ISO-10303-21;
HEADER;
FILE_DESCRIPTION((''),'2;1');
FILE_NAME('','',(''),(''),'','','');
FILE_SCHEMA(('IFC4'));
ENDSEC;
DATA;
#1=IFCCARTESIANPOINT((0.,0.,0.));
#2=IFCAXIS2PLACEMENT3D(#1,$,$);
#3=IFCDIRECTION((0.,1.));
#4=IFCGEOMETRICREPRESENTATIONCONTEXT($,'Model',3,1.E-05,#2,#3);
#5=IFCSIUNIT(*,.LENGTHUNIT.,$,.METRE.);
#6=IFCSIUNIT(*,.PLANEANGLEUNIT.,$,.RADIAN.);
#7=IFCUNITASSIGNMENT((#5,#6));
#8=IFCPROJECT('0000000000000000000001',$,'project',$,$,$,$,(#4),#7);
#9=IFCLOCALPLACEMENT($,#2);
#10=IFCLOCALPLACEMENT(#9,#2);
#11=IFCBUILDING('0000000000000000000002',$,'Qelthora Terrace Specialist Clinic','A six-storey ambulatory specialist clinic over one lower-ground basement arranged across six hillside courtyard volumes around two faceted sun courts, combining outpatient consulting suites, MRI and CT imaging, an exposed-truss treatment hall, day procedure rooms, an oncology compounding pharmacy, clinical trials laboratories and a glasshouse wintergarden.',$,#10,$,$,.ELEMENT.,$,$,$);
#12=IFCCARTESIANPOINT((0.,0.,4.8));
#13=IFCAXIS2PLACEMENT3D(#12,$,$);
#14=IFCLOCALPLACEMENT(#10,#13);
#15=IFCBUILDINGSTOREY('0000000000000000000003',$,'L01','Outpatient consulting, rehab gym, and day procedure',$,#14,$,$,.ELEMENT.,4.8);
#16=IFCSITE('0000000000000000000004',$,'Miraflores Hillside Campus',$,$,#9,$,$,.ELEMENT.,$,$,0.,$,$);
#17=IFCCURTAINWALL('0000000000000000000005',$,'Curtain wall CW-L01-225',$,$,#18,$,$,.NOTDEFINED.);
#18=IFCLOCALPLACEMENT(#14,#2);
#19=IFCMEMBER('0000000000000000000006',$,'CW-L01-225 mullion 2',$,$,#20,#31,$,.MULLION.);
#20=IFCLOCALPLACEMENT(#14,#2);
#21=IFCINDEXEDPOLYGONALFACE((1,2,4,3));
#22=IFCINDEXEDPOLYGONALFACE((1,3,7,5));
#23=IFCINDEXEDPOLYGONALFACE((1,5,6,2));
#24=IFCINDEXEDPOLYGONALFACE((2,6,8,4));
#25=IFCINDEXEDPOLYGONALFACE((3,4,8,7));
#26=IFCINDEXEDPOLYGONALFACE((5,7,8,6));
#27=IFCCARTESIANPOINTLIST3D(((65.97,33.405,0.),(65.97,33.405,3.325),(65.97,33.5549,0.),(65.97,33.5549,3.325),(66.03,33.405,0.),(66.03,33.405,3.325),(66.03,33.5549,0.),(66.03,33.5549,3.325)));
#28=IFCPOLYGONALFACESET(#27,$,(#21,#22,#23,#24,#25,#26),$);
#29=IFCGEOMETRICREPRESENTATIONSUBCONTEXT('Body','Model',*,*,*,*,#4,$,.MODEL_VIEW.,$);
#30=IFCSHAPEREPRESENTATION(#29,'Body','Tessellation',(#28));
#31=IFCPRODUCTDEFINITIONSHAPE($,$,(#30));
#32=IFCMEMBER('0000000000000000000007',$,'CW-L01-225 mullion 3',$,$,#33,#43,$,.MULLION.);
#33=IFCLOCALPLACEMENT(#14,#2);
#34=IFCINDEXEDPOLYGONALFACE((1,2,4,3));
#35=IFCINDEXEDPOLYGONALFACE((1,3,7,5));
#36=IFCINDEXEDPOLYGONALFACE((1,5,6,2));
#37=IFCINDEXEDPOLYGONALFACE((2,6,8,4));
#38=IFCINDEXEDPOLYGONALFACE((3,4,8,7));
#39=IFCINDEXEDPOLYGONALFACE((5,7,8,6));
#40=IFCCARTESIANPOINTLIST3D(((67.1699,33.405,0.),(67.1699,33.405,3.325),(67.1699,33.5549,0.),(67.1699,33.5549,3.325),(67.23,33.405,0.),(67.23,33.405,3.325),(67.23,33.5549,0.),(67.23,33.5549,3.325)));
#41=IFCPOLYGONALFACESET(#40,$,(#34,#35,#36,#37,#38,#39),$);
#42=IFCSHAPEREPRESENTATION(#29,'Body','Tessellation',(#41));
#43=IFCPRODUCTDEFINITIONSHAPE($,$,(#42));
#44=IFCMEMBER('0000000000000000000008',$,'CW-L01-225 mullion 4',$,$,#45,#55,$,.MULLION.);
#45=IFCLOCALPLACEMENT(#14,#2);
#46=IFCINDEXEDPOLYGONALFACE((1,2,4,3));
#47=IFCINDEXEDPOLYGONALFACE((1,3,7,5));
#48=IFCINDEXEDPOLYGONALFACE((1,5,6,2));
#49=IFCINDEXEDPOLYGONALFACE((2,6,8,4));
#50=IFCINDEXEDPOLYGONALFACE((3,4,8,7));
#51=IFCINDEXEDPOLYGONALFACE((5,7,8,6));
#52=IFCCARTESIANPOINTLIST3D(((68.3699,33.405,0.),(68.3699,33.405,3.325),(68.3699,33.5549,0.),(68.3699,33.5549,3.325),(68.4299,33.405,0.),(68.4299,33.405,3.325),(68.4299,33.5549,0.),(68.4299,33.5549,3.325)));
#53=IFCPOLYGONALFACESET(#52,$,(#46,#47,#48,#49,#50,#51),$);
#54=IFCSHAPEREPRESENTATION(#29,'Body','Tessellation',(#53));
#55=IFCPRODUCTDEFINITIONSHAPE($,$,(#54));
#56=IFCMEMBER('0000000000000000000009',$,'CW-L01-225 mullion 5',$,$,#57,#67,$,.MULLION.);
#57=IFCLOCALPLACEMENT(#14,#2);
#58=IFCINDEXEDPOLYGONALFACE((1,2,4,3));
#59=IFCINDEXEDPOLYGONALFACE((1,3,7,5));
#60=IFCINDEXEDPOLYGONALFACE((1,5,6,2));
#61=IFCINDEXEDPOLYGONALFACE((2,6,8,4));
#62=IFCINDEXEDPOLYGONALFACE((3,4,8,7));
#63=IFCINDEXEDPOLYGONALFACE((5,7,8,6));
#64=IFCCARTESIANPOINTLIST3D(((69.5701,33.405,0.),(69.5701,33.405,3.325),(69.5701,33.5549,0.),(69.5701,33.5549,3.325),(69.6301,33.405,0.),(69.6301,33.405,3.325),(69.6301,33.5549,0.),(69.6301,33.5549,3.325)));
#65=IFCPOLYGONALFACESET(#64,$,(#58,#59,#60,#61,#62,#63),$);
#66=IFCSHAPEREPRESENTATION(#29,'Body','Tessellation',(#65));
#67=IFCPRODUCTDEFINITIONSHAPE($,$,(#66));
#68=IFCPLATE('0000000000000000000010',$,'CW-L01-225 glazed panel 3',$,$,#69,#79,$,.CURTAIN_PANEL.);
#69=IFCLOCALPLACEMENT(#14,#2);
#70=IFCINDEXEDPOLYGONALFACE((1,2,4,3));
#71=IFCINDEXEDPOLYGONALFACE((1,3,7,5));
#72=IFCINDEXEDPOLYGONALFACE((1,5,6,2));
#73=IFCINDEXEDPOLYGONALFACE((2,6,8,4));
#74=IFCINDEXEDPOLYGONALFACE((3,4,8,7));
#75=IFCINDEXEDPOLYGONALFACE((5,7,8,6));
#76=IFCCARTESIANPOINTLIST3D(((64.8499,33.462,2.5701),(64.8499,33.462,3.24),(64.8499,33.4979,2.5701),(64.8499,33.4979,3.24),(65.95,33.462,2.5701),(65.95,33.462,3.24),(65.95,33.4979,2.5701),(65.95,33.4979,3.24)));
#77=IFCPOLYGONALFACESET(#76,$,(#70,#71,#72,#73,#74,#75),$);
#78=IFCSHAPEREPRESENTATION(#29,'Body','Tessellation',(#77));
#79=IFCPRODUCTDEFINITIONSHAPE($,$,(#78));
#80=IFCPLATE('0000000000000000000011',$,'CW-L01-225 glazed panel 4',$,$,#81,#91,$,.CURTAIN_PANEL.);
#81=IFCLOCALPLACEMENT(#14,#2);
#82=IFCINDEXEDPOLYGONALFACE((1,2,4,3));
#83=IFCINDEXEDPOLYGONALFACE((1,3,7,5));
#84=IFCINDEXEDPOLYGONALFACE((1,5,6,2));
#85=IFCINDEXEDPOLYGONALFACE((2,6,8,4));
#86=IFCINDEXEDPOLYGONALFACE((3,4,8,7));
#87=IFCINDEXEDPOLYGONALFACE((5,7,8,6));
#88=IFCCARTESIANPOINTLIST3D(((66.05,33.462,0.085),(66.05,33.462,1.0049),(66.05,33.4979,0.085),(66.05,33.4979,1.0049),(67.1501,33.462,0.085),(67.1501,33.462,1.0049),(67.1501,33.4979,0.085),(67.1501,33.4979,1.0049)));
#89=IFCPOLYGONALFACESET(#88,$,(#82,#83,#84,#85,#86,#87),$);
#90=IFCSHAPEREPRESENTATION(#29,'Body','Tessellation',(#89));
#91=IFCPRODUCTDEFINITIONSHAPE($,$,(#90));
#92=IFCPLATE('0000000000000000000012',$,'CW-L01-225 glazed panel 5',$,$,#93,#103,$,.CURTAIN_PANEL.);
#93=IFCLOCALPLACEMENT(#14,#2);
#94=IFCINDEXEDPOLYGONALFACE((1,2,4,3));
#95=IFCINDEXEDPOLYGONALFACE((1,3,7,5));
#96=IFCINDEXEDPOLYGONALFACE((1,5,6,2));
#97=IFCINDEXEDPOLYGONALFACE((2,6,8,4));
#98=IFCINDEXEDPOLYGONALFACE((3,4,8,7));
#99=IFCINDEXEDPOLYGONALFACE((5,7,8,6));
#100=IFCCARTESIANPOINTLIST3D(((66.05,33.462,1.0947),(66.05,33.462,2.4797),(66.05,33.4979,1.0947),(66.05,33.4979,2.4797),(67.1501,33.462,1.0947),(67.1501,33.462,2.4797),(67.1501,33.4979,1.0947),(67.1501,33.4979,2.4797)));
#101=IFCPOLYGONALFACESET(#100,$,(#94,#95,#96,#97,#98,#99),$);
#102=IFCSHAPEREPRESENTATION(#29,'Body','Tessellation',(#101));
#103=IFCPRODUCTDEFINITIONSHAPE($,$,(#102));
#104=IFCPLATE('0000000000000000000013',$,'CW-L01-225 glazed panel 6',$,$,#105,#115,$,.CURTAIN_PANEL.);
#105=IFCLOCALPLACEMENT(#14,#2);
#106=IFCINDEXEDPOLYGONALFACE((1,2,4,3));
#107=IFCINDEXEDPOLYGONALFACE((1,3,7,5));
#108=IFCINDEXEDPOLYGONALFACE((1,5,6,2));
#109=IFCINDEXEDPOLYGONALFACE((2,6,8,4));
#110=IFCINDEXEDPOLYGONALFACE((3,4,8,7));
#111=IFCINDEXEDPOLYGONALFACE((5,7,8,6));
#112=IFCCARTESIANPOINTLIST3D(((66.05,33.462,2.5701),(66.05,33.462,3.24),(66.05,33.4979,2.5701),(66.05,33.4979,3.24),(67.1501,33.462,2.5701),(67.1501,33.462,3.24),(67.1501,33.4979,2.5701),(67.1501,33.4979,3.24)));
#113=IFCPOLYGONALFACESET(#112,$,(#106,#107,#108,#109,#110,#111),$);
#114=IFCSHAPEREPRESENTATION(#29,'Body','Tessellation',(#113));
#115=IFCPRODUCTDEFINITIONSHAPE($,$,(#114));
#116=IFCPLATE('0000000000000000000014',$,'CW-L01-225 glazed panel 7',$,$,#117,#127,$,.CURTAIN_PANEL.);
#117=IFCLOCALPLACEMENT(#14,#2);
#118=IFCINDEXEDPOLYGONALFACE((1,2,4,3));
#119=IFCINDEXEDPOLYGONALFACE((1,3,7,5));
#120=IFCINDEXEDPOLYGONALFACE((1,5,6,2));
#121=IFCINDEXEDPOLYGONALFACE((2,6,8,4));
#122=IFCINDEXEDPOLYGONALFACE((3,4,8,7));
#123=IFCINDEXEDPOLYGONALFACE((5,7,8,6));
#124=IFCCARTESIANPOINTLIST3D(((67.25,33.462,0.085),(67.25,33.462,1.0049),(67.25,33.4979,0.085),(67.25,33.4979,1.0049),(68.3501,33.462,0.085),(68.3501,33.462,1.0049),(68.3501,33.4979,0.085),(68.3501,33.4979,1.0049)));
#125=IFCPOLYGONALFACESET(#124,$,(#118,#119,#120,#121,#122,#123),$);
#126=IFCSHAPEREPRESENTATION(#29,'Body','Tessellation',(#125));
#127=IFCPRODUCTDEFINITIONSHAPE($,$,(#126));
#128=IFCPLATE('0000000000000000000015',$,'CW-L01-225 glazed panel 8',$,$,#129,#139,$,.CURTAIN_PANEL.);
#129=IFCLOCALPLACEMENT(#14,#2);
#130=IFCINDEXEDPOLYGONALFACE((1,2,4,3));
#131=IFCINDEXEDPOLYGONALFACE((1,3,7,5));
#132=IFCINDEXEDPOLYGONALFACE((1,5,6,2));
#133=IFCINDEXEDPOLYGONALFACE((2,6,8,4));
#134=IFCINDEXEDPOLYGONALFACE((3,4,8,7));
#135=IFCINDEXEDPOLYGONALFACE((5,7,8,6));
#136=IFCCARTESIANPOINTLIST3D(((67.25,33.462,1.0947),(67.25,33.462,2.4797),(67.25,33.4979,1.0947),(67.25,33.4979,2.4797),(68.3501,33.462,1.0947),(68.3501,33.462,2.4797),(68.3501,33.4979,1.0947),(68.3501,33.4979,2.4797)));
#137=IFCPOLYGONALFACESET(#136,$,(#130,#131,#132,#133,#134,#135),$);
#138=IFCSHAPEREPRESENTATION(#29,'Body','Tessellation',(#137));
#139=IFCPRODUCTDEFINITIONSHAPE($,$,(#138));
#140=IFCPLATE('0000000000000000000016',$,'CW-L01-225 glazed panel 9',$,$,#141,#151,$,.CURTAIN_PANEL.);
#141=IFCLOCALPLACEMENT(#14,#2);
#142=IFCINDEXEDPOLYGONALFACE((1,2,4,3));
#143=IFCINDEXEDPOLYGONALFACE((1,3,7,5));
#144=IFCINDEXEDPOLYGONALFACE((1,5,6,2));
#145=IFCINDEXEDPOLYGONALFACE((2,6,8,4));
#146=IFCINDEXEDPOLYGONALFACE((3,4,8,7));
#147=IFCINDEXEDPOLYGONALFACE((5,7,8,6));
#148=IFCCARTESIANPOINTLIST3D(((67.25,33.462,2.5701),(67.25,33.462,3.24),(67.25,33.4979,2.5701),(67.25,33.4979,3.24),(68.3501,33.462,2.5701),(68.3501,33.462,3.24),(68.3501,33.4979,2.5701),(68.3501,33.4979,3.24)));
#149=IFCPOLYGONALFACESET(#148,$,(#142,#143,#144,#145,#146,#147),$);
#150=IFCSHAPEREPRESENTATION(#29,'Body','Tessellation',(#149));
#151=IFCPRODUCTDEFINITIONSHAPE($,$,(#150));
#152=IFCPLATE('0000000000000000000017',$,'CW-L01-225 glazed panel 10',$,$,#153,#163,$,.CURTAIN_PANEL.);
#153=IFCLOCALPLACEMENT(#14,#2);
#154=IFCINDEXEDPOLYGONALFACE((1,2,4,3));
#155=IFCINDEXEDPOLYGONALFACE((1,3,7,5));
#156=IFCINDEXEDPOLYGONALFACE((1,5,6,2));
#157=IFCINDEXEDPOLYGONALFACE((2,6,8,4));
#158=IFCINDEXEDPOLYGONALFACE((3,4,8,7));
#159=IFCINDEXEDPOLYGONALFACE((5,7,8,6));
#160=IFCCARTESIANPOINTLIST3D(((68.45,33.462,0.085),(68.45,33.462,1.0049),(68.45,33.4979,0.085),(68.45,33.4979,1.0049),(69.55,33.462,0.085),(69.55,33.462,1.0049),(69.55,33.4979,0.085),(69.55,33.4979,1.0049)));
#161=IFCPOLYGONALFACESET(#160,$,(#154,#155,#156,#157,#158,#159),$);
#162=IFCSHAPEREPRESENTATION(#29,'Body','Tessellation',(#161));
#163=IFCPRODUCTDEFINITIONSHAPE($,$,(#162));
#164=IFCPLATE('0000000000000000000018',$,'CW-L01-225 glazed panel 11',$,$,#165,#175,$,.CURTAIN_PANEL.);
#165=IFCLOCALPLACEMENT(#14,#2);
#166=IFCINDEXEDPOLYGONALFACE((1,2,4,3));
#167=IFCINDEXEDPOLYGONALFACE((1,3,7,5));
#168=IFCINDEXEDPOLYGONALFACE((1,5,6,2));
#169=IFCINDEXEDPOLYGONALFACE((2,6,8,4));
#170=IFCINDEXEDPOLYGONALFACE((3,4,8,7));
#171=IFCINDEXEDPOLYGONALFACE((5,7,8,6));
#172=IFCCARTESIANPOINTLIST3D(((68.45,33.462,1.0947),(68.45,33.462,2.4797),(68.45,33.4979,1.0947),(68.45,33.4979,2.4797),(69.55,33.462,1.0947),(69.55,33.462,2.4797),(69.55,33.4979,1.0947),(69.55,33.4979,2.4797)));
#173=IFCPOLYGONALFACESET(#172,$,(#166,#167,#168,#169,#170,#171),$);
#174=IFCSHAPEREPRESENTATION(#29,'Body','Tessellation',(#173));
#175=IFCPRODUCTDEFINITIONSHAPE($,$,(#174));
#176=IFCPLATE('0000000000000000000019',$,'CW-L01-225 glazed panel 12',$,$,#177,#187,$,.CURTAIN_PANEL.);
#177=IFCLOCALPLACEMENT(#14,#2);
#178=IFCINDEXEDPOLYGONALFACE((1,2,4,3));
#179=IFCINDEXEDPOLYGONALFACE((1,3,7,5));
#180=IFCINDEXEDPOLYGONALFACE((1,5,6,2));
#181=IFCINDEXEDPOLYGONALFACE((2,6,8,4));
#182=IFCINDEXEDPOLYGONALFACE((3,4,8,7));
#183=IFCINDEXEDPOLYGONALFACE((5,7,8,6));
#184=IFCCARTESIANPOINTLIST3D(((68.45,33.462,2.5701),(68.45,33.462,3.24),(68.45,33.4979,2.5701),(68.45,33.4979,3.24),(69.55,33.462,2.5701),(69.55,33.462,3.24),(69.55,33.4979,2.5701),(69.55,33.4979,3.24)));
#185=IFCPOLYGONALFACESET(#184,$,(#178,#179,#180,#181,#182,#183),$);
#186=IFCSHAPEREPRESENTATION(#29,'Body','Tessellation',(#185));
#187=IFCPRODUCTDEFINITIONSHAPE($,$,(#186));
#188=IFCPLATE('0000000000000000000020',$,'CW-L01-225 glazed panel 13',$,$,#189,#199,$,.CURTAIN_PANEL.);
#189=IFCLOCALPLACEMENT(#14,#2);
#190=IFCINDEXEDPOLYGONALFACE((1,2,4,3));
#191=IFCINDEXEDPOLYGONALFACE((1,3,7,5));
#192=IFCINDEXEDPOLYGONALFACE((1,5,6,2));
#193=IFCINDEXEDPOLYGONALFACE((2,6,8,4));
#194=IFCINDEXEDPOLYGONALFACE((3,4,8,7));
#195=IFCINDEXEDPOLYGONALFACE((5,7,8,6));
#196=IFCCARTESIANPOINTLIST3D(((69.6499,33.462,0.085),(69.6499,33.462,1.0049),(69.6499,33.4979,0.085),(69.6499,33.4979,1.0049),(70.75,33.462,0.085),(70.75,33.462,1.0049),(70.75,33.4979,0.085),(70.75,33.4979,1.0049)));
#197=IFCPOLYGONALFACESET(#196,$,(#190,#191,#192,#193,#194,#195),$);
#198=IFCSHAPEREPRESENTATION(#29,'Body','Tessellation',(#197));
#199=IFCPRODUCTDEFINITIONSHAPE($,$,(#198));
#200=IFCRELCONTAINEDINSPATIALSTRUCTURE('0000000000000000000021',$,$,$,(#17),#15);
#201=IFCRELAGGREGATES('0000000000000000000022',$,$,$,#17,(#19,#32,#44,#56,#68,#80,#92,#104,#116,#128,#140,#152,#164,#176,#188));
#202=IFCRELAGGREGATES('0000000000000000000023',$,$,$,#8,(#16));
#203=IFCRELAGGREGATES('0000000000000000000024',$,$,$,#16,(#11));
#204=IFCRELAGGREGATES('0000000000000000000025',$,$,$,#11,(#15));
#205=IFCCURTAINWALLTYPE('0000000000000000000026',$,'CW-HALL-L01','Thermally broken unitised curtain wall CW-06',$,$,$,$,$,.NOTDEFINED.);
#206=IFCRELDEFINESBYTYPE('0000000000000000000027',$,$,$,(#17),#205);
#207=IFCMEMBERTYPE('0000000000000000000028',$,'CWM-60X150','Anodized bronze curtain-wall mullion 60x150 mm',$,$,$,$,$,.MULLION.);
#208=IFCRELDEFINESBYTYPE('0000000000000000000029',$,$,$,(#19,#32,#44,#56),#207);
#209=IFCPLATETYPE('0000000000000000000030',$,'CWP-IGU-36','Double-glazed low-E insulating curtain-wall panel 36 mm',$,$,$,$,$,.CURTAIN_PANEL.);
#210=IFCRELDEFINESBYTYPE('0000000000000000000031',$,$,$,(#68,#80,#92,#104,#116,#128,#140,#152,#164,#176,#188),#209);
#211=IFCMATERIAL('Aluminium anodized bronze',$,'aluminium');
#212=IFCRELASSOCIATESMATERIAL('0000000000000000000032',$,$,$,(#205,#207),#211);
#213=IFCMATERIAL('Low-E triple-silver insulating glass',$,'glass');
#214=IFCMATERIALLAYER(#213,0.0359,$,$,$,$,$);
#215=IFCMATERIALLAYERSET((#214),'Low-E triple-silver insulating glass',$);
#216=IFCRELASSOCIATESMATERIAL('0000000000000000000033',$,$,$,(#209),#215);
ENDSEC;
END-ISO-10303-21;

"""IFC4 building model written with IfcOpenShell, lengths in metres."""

from ifc_helpers import new_model, si_unit, direction, frame, origin, origin_2d, place, context, subcontext, project, spatial, rectangle, extrude, material, layer, layer_set, material_profile, profile_set, type_object, element, aggregate, save


model = new_model("IFC4")

# Units and contexts
model_context = context("Model", 3, precision=1e-05, world=origin(), true_north=direction((0.0, 1.0)))
body_context = subcontext(model_context, "Body", "Model", "MODEL_VIEW")
ifc_project = project(units=[si_unit("LENGTHUNIT", "METRE"), si_unit("PLANEANGLEUNIT", "RADIAN")], contexts=[model_context])

# Site, building, storey
site_placement = place(None, origin())
site = spatial("IfcSite", under=ifc_project, at=site_placement, Name="Miraflores Hillside Campus", CompositionType="ELEMENT", RefElevation=0.0)
building_placement = place(site_placement, origin())
building = spatial("IfcBuilding", under=site, at=building_placement, Name="Qelthora Terrace Specialist Clinic", Description="A six-storey ambulatory specialist clinic over one lower-ground basement arranged across six hillside courtyard volumes around two faceted sun courts, combining outpatient consulting suites, MRI and CT imaging, an exposed-truss treatment hall, day procedure rooms, an oncology compounding pharmacy, clinical trials laboratories and a glasshouse wintergarden.", CompositionType="ELEMENT")
storey_placement = place(building_placement, frame((0.0, 0.0, 4.8)))
storey = spatial("IfcBuildingStorey", under=building, at=storey_placement, Name="L01", Description="Outpatient consulting, rehab gym, and day procedure", CompositionType="ELEMENT", Elevation=4.8)

# Curtain wall, members, plates
ifc_material_1 = material(Name="Aluminium anodized bronze", Category="aluminium")
curtain_wall_type = type_object("IfcCurtainWallType", Name="CW-HALL-L01", Description="Thermally broken unitised curtain wall CW-06", PredefinedType="NOTDEFINED", material=ifc_material_1)
curtain_wall_placement = place(storey_placement, origin())
curtain_wall = element("IfcCurtainWall", 1, at=curtain_wall_placement, inside=storey, type_object=curtain_wall_type, Name="Curtain wall CW-L01-225", PredefinedType="NOTDEFINED")
ifc_material_profile_1 = material_profile(ifc_material_1, rectangle(XDim=0.0601, YDim=0.1499, at=origin_2d()), Name="CWM60X150")
ifc_profile_set_1 = profile_set([ifc_material_profile_1], Name="Aluminium anodized bronze")
member_type = type_object("IfcMemberType", Name="CWM-60X150", Description="Anodized bronze curtain-wall mullion 60x150 mm", PredefinedType="MULLION", material=ifc_profile_set_1)
member_1_placement = place(storey_placement, frame((66.0, 33.48, 0.0), z_axis=(0.0, 0.0, 1.0), x_axis=(1.0, 0.0, 0.0)))
member_1 = element("IfcMember", 2, at=member_1_placement, type_object=member_type, Name="CW-L01-225 mullion 2", PredefinedType="MULLION", context=body_context, shape_type="SweptSolid", body=[
    extrude(rectangle(XDim=0.0601, YDim=0.1499, at=origin_2d()), origin(), (0.0, 0.0, 1.0), 3.325),
])
member_2_placement = place(storey_placement, frame((67.2, 33.48, 0.0), z_axis=(0.0, 0.0, 1.0), x_axis=(1.0, 0.0, 0.0)))
member_2 = element("IfcMember", 3, at=member_2_placement, type_object=member_type, Name="CW-L01-225 mullion 3", PredefinedType="MULLION", context=body_context, shape_type="SweptSolid", body=[
    extrude(rectangle(XDim=0.0601, YDim=0.1499, at=origin_2d()), origin(), (0.0, 0.0, 1.0), 3.325),
])
member_3_placement = place(storey_placement, frame((68.3999, 33.48, 0.0), z_axis=(0.0, 0.0, 1.0), x_axis=(1.0, 0.0, 0.0)))
member_3 = element("IfcMember", 4, at=member_3_placement, type_object=member_type, Name="CW-L01-225 mullion 4", PredefinedType="MULLION", context=body_context, shape_type="SweptSolid", body=[
    extrude(rectangle(XDim=0.0601, YDim=0.1499, at=origin_2d()), origin(), (0.0, 0.0, 1.0), 3.325),
])
member_4_placement = place(storey_placement, frame((69.6001, 33.48, 0.0), z_axis=(0.0, 0.0, 1.0), x_axis=(1.0, 0.0, 0.0)))
member_4 = element("IfcMember", 5, at=member_4_placement, type_object=member_type, Name="CW-L01-225 mullion 5", PredefinedType="MULLION", context=body_context, shape_type="SweptSolid", body=[
    extrude(rectangle(XDim=0.0601, YDim=0.1499, at=origin_2d()), origin(), (0.0, 0.0, 1.0), 3.325),
])
ifc_material_2 = material(Name="Low-E triple-silver insulating glass", Category="glass")
ifc_layer = layer(ifc_material_2, 0.0359)
ifc_layer_set = layer_set([ifc_layer], Name="Low-E triple-silver insulating glass")
plate_type = type_object("IfcPlateType", Name="CWP-IGU-36", Description="Double-glazed low-E insulating curtain-wall panel 36 mm", PredefinedType="CURTAIN_PANEL", material=ifc_layer_set)
plate_1_placement = place(storey_placement, frame((65.3999, 33.48, 2.5701), z_axis=(0.0, 0.0, 1.0), x_axis=(1.0, 0.0, 0.0)))
plate_1 = element("IfcPlate", 6, at=plate_1_placement, type_object=plate_type, Name="CW-L01-225 glazed panel 3", PredefinedType="CURTAIN_PANEL", context=body_context, shape_type="SweptSolid", body=[
    extrude(rectangle(XDim=1.1001, YDim=0.0359, at=origin_2d()), origin(), (0.0, 0.0, 1.0), 0.6699),
])
plate_2_placement = place(storey_placement, frame((66.6001, 33.48, 0.085), z_axis=(0.0, 0.0, 1.0), x_axis=(1.0, 0.0, 0.0)))
plate_2 = element("IfcPlate", 7, at=plate_2_placement, type_object=plate_type, Name="CW-L01-225 glazed panel 4", PredefinedType="CURTAIN_PANEL", context=body_context, shape_type="SweptSolid", body=[
    extrude(rectangle(XDim=1.1001, YDim=0.0359, at=origin_2d()), origin(), (0.0, 0.0, 1.0), 0.9199),
])
plate_3_placement = place(storey_placement, frame((66.6001, 33.48, 1.0947), z_axis=(0.0, 0.0, 1.0), x_axis=(1.0, 0.0, 0.0)))
plate_3 = element("IfcPlate", 8, at=plate_3_placement, type_object=plate_type, Name="CW-L01-225 glazed panel 5", PredefinedType="CURTAIN_PANEL", context=body_context, shape_type="SweptSolid", body=[
    extrude(rectangle(XDim=1.1001, YDim=0.0359, at=origin_2d()), origin(), (0.0, 0.0, 1.0), 1.385),
])
plate_4_placement = place(storey_placement, frame((66.6001, 33.48, 2.5701), z_axis=(0.0, 0.0, 1.0), x_axis=(1.0, 0.0, 0.0)))
plate_4 = element("IfcPlate", 9, at=plate_4_placement, type_object=plate_type, Name="CW-L01-225 glazed panel 6", PredefinedType="CURTAIN_PANEL", context=body_context, shape_type="SweptSolid", body=[
    extrude(rectangle(XDim=1.1001, YDim=0.0359, at=origin_2d()), origin(), (0.0, 0.0, 1.0), 0.6699),
])
plate_5_placement = place(storey_placement, frame((67.8, 33.48, 0.085), z_axis=(0.0, 0.0, 1.0), x_axis=(1.0, 0.0, 0.0)))
plate_5 = element("IfcPlate", 10, at=plate_5_placement, type_object=plate_type, Name="CW-L01-225 glazed panel 7", PredefinedType="CURTAIN_PANEL", context=body_context, shape_type="SweptSolid", body=[
    extrude(rectangle(XDim=1.1001, YDim=0.0359, at=origin_2d()), origin(), (0.0, 0.0, 1.0), 0.9199),
])
plate_6_placement = place(storey_placement, frame((67.8, 33.48, 1.0947), z_axis=(0.0, 0.0, 1.0), x_axis=(1.0, 0.0, 0.0)))
plate_6 = element("IfcPlate", 11, at=plate_6_placement, type_object=plate_type, Name="CW-L01-225 glazed panel 8", PredefinedType="CURTAIN_PANEL", context=body_context, shape_type="SweptSolid", body=[
    extrude(rectangle(XDim=1.1001, YDim=0.0359, at=origin_2d()), origin(), (0.0, 0.0, 1.0), 1.385),
])
plate_7_placement = place(storey_placement, frame((67.8, 33.48, 2.5701), z_axis=(0.0, 0.0, 1.0), x_axis=(1.0, 0.0, 0.0)))
plate_7 = element("IfcPlate", 12, at=plate_7_placement, type_object=plate_type, Name="CW-L01-225 glazed panel 9", PredefinedType="CURTAIN_PANEL", context=body_context, shape_type="SweptSolid", body=[
    extrude(rectangle(XDim=1.1001, YDim=0.0359, at=origin_2d()), origin(), (0.0, 0.0, 1.0), 0.6699),
])
plate_8_placement = place(storey_placement, frame((69.0, 33.48, 0.085), z_axis=(0.0, 0.0, 1.0), x_axis=(1.0, 0.0, 0.0)))
plate_8 = element("IfcPlate", 13, at=plate_8_placement, type_object=plate_type, Name="CW-L01-225 glazed panel 10", PredefinedType="CURTAIN_PANEL", context=body_context, shape_type="SweptSolid", body=[
    extrude(rectangle(XDim=1.1001, YDim=0.0359, at=origin_2d()), origin(), (0.0, 0.0, 1.0), 0.9199),
])
plate_9_placement = place(storey_placement, frame((69.0, 33.48, 1.0947), z_axis=(0.0, 0.0, 1.0), x_axis=(1.0, 0.0, 0.0)))
plate_9 = element("IfcPlate", 14, at=plate_9_placement, type_object=plate_type, Name="CW-L01-225 glazed panel 11", PredefinedType="CURTAIN_PANEL", context=body_context, shape_type="SweptSolid", body=[
    extrude(rectangle(XDim=1.1001, YDim=0.0359, at=origin_2d()), origin(), (0.0, 0.0, 1.0), 1.385),
])
plate_10_placement = place(storey_placement, frame((69.0, 33.48, 2.5701), z_axis=(0.0, 0.0, 1.0), x_axis=(1.0, 0.0, 0.0)))
plate_10 = element("IfcPlate", 15, at=plate_10_placement, type_object=plate_type, Name="CW-L01-225 glazed panel 12", PredefinedType="CURTAIN_PANEL", context=body_context, shape_type="SweptSolid", body=[
    extrude(rectangle(XDim=1.1001, YDim=0.0359, at=origin_2d()), origin(), (0.0, 0.0, 1.0), 0.6699),
])
plate_11_placement = place(storey_placement, frame((70.2, 33.48, 0.085), z_axis=(0.0, 0.0, 1.0), x_axis=(1.0, 0.0, 0.0)))
plate_11 = element("IfcPlate", 16, at=plate_11_placement, type_object=plate_type, Name="CW-L01-225 glazed panel 13", PredefinedType="CURTAIN_PANEL", context=body_context, shape_type="SweptSolid", body=[
    extrude(rectangle(XDim=1.1001, YDim=0.0359, at=origin_2d()), origin(), (0.0, 0.0, 1.0), 0.9199),
])
aggregate(curtain_wall, [member_1, member_2, member_3, member_4, plate_1, plate_2, plate_3, plate_4, plate_5, plate_6, plate_7, plate_8, plate_9, plate_10, plate_11])

save(model, "model.ifc")
